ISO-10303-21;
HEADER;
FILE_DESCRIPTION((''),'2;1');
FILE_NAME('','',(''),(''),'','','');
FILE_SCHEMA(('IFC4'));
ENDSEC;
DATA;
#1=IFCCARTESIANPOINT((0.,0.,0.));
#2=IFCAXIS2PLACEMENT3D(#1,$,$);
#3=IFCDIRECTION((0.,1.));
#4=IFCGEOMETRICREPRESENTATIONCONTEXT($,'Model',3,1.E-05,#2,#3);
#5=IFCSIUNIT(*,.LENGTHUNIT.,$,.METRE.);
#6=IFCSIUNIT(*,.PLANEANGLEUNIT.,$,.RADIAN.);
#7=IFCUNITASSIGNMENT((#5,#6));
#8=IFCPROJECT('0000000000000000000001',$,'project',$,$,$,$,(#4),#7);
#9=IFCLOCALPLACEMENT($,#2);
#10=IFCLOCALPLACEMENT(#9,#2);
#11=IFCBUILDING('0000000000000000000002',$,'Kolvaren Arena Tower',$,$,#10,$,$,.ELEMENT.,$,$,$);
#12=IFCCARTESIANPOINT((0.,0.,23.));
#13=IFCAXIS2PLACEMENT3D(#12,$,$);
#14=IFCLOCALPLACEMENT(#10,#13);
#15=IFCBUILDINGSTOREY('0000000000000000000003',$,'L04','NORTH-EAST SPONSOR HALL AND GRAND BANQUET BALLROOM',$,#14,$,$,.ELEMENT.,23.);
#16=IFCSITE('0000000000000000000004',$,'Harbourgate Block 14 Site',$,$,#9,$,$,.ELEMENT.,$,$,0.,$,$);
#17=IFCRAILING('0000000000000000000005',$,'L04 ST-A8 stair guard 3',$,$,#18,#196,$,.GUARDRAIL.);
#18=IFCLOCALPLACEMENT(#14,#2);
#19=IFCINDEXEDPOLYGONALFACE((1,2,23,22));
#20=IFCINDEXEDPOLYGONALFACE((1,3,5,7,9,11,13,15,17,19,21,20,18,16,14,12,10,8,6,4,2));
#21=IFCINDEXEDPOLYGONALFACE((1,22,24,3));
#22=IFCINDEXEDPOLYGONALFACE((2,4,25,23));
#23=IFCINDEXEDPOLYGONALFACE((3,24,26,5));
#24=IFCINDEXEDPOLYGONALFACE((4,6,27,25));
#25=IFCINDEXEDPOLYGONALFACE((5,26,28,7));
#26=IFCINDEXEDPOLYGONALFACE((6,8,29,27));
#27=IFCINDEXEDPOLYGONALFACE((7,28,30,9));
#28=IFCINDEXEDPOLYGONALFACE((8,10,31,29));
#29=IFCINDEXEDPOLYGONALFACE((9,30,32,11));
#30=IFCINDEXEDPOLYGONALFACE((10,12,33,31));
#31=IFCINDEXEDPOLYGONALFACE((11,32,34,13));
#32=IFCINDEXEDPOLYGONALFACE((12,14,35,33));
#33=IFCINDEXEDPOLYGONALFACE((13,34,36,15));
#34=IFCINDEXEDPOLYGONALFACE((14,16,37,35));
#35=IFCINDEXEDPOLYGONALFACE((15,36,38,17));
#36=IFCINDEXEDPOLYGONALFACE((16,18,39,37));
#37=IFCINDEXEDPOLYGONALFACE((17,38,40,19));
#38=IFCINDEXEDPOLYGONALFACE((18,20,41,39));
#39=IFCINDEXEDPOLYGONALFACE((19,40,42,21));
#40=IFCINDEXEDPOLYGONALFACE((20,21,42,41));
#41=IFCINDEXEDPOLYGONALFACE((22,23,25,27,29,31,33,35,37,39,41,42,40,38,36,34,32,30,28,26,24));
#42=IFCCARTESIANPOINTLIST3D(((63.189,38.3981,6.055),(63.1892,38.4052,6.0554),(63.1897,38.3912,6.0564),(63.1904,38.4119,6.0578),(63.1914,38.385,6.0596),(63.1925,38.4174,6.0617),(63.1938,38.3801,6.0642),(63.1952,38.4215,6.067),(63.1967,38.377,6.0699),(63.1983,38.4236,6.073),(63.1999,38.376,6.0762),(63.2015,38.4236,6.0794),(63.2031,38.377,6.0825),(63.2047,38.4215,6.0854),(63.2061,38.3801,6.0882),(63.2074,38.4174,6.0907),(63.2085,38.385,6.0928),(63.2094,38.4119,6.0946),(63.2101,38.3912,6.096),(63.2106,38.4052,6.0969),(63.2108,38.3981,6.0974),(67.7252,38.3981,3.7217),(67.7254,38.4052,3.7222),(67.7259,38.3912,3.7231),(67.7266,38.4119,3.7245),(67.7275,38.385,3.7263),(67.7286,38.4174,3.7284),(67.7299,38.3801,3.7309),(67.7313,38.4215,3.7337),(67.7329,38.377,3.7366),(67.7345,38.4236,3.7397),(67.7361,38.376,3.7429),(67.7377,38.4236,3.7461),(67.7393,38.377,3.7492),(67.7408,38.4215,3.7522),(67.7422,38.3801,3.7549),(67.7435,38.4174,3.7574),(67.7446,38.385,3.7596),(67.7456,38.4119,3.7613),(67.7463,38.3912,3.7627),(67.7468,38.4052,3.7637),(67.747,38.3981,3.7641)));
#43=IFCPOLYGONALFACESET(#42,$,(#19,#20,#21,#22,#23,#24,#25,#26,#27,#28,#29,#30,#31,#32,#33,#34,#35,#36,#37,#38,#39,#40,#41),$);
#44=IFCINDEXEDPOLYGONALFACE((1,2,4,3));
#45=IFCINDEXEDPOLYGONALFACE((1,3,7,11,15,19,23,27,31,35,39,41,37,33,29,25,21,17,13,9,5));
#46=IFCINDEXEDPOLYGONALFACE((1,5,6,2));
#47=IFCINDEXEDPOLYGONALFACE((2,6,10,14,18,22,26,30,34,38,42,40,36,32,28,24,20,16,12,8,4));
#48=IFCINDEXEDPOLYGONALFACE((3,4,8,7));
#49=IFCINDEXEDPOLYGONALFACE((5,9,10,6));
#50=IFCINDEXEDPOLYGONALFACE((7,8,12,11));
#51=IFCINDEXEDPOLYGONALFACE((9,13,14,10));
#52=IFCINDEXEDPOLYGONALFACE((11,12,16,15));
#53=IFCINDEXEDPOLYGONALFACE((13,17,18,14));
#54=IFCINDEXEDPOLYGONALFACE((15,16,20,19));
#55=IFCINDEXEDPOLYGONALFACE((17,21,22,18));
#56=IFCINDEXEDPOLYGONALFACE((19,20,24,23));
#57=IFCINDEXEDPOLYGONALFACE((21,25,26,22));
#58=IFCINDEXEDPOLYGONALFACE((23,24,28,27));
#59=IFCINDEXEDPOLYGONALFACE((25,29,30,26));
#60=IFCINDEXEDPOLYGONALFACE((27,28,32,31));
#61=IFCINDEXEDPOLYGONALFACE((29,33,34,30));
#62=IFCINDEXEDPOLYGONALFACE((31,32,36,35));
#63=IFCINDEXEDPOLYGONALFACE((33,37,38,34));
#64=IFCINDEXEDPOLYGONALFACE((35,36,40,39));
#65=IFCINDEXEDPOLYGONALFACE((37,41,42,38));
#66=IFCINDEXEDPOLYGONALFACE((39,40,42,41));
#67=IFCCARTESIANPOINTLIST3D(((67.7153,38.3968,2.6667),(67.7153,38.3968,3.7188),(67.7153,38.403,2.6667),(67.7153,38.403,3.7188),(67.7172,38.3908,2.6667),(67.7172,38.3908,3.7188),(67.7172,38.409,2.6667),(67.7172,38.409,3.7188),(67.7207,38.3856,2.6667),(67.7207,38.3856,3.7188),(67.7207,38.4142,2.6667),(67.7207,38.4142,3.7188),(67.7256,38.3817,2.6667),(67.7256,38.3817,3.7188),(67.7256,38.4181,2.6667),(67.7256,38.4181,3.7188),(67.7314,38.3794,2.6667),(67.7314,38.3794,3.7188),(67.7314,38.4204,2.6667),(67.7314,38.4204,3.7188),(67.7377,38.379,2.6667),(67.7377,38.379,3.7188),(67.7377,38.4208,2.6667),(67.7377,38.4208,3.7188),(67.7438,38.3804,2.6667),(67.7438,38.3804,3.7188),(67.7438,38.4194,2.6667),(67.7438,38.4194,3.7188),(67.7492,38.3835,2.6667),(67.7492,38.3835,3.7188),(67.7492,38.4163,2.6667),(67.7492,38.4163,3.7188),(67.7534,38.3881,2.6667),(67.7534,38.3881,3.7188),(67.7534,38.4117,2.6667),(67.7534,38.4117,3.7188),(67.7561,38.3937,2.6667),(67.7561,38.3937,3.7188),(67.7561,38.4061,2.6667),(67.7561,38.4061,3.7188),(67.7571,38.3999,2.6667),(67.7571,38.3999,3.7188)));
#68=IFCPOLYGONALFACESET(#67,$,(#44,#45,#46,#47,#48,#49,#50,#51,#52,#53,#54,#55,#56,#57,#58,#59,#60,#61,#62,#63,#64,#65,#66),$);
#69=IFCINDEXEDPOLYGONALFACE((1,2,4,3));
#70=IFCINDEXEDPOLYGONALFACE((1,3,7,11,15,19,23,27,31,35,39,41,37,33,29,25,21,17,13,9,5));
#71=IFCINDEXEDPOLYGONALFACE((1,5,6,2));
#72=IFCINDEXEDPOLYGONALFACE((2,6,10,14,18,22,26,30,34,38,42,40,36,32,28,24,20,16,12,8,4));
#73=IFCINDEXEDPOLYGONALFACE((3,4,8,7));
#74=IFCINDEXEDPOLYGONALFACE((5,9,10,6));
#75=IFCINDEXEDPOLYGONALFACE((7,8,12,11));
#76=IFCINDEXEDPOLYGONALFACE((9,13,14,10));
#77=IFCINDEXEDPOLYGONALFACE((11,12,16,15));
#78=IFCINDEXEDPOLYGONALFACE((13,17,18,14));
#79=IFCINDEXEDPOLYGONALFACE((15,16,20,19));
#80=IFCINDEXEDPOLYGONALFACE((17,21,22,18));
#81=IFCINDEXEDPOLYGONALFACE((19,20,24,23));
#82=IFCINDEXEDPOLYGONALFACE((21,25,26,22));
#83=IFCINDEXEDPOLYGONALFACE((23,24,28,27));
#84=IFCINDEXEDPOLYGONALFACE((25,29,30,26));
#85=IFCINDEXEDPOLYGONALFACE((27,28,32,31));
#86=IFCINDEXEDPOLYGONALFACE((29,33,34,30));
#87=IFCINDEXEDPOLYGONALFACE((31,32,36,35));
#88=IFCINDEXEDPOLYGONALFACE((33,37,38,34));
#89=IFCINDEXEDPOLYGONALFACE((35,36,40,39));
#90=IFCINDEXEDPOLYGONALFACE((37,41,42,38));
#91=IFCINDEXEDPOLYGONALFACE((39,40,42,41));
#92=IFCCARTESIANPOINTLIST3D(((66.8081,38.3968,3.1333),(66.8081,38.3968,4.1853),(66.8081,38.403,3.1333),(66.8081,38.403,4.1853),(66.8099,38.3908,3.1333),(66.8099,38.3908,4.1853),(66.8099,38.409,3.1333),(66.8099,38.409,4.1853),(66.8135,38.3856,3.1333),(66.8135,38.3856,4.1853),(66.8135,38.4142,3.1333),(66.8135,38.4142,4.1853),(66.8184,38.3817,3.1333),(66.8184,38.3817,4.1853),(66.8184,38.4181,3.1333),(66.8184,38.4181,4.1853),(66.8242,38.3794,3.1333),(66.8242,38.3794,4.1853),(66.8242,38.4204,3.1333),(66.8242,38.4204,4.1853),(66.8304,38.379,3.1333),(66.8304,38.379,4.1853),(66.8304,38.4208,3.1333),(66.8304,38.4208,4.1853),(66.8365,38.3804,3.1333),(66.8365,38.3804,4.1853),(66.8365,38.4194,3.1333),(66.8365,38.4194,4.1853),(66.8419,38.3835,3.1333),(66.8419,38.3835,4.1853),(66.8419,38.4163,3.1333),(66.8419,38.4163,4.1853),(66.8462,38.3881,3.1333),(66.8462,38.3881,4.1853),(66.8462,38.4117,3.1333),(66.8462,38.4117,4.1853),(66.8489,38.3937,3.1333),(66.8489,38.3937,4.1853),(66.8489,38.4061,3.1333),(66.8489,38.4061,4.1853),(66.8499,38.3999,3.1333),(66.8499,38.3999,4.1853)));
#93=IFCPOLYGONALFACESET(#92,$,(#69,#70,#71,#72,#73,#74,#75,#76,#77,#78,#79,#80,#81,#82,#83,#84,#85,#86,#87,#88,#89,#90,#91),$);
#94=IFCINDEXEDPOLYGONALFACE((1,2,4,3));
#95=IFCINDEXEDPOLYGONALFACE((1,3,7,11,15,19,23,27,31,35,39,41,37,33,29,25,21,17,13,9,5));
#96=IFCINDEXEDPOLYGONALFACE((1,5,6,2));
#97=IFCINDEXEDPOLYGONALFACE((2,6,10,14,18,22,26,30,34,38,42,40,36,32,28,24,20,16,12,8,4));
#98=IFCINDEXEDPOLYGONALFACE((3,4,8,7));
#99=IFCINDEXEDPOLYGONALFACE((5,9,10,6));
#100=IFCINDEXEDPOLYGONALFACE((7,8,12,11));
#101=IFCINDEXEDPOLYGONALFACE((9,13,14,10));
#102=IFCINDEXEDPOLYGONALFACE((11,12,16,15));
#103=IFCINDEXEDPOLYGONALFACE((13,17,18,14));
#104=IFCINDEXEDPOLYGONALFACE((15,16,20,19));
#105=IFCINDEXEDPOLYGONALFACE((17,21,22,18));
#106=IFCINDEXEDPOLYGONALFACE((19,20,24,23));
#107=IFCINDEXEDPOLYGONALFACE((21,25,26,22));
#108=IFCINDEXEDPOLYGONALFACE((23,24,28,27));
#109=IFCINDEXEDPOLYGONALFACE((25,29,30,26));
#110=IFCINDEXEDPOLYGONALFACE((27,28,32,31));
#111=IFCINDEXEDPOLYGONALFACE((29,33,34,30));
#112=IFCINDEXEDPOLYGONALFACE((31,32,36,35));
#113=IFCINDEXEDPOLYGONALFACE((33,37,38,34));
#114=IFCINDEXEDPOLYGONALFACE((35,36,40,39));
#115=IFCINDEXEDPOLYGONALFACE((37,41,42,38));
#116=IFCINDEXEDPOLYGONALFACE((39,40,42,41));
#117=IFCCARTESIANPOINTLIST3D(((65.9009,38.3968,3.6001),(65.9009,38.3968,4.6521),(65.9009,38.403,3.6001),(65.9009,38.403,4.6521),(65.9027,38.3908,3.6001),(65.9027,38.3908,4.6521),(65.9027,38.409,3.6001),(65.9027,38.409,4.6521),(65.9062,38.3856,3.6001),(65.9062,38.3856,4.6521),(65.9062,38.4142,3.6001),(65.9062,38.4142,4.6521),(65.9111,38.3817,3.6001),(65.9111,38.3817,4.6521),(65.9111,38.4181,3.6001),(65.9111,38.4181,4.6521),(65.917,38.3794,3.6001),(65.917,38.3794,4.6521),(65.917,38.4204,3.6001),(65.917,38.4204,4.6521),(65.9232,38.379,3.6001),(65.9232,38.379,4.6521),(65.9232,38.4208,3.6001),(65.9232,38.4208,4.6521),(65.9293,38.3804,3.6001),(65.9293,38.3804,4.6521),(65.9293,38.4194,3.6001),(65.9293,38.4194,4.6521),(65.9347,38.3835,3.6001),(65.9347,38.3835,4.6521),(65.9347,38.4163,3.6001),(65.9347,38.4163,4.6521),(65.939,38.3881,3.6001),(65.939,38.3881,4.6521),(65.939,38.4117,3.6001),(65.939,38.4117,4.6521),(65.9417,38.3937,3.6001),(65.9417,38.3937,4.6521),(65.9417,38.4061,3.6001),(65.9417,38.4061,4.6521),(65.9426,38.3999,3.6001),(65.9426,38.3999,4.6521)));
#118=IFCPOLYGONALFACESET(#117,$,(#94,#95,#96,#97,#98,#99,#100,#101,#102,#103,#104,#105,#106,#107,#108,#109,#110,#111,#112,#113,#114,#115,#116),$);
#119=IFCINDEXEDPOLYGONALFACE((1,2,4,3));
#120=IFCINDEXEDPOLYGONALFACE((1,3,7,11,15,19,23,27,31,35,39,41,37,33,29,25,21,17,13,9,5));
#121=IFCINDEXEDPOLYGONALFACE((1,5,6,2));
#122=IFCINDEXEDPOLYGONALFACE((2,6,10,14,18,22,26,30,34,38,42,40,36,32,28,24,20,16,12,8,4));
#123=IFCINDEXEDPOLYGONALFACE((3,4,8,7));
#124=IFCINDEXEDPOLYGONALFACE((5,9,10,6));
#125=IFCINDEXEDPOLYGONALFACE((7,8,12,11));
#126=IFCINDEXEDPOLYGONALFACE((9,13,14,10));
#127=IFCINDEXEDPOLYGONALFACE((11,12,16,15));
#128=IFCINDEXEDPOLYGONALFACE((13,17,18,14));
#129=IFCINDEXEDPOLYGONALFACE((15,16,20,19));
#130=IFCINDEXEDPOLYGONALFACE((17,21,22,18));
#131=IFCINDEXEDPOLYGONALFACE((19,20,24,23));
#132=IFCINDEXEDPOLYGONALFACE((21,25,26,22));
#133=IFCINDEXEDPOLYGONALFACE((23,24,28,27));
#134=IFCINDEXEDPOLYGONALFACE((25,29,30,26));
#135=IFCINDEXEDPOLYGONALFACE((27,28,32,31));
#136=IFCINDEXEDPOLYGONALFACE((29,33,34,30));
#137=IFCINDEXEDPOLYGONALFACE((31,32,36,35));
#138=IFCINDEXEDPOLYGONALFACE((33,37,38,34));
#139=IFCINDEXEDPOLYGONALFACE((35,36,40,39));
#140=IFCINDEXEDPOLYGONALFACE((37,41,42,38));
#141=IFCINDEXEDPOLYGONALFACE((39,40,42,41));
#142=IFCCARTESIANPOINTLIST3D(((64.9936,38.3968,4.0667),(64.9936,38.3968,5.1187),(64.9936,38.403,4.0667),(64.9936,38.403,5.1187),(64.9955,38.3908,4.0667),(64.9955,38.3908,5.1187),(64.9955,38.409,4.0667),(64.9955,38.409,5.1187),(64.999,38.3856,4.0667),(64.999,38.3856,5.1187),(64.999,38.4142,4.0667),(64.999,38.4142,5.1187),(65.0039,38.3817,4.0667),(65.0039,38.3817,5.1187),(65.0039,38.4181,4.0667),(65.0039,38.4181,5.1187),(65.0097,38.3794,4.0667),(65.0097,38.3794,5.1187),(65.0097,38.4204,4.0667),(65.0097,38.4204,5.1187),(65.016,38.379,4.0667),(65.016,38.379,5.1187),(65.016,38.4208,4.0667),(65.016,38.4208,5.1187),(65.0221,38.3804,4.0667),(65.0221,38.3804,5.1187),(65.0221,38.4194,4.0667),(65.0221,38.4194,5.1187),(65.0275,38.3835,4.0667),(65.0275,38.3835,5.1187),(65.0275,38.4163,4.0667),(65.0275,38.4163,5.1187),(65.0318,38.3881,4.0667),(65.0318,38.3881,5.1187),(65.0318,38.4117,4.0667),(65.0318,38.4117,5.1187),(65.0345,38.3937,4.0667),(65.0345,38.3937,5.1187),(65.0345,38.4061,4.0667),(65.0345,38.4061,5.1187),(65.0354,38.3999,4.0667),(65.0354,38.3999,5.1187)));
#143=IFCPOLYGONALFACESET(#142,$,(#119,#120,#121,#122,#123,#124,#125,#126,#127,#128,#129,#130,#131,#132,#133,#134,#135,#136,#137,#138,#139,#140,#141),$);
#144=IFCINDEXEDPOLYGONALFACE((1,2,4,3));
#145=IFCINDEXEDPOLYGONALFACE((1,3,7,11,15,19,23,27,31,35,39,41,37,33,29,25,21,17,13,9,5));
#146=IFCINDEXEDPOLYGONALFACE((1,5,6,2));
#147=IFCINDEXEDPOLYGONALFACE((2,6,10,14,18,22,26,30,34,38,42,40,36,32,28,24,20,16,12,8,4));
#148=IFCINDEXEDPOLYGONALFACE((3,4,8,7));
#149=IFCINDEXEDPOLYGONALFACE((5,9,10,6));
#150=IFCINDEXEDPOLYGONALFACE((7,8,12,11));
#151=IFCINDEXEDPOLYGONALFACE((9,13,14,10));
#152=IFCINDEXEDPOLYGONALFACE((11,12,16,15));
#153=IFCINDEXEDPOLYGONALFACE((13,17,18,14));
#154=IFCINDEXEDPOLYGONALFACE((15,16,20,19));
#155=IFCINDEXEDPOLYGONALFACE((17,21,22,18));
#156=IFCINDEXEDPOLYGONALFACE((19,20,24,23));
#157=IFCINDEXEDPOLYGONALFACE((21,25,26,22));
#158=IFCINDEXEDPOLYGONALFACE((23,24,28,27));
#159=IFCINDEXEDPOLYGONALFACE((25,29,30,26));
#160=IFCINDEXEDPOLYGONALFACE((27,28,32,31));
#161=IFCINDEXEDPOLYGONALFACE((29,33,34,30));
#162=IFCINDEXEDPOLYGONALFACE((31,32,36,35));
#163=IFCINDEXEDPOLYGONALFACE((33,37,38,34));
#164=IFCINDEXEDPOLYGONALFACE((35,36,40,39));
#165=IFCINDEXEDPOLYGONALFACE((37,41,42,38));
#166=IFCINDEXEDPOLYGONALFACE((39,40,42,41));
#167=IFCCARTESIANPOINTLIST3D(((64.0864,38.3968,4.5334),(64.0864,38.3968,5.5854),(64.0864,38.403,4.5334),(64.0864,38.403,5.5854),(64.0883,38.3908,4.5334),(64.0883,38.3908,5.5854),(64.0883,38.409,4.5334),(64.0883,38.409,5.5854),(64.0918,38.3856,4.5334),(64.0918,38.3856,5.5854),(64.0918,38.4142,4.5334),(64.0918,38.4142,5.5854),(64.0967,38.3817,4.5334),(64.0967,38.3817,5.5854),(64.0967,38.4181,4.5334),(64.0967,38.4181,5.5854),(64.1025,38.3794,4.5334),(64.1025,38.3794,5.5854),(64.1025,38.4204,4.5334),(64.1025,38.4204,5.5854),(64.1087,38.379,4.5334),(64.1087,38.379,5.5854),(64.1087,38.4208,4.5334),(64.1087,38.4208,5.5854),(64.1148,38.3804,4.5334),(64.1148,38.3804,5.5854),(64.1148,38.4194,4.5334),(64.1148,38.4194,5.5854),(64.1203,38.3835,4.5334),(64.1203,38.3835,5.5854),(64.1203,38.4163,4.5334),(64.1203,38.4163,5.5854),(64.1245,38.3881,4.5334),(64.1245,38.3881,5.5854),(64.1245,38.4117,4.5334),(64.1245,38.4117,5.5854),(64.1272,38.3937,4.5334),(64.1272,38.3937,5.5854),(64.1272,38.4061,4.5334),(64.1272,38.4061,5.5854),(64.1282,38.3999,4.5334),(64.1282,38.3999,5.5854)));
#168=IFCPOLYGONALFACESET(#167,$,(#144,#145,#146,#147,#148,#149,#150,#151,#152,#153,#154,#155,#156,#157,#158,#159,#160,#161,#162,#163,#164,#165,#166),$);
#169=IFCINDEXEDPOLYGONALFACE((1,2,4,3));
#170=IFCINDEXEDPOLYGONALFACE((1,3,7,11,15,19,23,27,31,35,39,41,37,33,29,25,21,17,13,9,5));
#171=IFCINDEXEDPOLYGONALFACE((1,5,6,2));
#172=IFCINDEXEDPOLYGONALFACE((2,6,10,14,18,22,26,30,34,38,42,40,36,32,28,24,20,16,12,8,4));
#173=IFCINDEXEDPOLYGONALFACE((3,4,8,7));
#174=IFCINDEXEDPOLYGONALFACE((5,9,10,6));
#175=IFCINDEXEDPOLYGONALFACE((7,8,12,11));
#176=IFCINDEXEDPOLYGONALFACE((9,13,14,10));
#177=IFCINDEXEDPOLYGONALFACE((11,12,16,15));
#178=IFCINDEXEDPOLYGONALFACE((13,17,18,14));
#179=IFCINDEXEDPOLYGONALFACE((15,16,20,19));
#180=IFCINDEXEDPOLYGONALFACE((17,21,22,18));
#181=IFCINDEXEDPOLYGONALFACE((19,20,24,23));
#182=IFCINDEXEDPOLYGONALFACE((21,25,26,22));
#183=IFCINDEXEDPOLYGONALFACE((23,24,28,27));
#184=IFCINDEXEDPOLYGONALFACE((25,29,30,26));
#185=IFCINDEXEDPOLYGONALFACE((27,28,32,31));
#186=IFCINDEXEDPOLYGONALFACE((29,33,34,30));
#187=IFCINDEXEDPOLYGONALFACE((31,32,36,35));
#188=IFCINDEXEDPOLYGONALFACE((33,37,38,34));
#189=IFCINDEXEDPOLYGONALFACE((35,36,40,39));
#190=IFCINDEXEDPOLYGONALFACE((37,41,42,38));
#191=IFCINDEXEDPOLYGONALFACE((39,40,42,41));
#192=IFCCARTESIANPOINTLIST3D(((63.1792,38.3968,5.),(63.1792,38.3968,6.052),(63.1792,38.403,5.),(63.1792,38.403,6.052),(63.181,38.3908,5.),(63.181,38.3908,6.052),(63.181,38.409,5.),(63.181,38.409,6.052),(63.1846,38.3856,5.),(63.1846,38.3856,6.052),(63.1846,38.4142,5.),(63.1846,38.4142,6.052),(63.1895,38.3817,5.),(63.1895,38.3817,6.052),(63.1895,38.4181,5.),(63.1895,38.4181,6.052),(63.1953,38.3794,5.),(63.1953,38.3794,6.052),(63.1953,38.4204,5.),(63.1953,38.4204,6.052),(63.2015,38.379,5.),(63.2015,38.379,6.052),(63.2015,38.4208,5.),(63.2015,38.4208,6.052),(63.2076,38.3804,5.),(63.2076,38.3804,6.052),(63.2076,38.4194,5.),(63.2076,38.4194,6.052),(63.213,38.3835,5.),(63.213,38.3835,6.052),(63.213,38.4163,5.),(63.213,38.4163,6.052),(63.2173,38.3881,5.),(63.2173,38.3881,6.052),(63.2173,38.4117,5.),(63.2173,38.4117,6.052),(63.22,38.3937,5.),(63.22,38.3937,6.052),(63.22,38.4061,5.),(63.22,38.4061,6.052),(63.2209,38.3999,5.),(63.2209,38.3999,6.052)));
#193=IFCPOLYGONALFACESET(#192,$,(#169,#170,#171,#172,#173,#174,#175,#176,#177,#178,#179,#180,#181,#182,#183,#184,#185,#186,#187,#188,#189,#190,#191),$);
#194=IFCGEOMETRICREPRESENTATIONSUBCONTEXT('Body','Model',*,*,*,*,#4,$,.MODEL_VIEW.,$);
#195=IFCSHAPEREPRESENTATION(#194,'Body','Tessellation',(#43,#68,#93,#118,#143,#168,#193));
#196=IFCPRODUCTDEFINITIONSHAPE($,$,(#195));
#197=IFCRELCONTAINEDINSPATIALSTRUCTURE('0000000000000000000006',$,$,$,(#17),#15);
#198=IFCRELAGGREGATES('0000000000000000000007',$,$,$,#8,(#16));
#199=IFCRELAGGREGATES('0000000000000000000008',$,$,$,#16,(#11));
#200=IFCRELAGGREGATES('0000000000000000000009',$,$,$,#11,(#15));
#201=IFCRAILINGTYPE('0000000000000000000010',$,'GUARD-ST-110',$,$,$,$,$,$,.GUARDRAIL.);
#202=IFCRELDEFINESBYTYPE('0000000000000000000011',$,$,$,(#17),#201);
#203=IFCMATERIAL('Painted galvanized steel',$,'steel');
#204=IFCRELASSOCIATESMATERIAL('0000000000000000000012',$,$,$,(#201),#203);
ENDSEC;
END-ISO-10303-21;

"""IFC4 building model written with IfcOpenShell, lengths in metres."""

from ifc_helpers import new_model, si_unit, direction, frame, origin, origin_2d, place, context, subcontext, project, spatial, circle, extrude, material, type_object, element, save


model = new_model("IFC4")

# Units and contexts
model_context = context("Model", 3, precision=1e-05, world=origin(), true_north=direction((0.0, 1.0)))
body_context = subcontext(model_context, "Body", "Model", "MODEL_VIEW")
ifc_project = project(units=[si_unit("LENGTHUNIT", "METRE"), si_unit("PLANEANGLEUNIT", "RADIAN")], contexts=[model_context])

# Site, building, storey
site_placement = place(None, origin())
site = spatial("IfcSite", under=ifc_project, at=site_placement, Name="Harbourgate Block 14 Site", CompositionType="ELEMENT", RefElevation=0.0)
building_placement = place(site_placement, origin())
building = spatial("IfcBuilding", under=site, at=building_placement, Name="Kolvaren Arena Tower", CompositionType="ELEMENT")
storey_placement = place(building_placement, frame((0.0, 0.0, 23.0)))
storey = spatial("IfcBuildingStorey", under=building, at=storey_placement, Name="L04", Description="NORTH-EAST SPONSOR HALL AND GRAND BANQUET BALLROOM", CompositionType="ELEMENT", Elevation=23.0)

# Railing
ifc_material_1 = material(Name="Painted galvanized steel", Category="steel")
railing_type_1 = type_object("IfcRailingType", Name="GUARD-ST-110", PredefinedType="GUARDRAIL", material=ifc_material_1)
railing_1_placement = place(storey_placement, frame((67.7361, 38.3999, 2.6667)))
element("IfcRailing", 1, at=railing_1_placement, inside=storey, type_object=railing_type_1, Name="L04 ST-A8 stair guard 3", PredefinedType="GUARDRAIL", context=body_context, shape_type="SweptSolid", body=[
    extrude(circle(Radius=0.0239, at=origin_2d()), frame((0.0, 0.0, 1.0762), z_axis=(-0.889257, 0.0, 0.457407), x_axis=(0.0, -1.0, 0.0)), (0.0, 0.0, 1.0), 5.1011),
    extrude(circle(Radius=0.021, at=origin_2d()), origin(), (0.0, 0.0, 1.0), 1.052),
    extrude(circle(Radius=0.021, at=origin_2d()), frame((-0.9072, 0.0, 0.4666)), (0.0, 0.0, 1.0), 1.052),
    extrude(circle(Radius=0.021, at=origin_2d()), frame((-1.8145, 0.0, 0.9333)), (0.0, 0.0, 1.0), 1.052),
    extrude(circle(Radius=0.021, at=origin_2d()), frame((-2.7217, 0.0, 1.3999)), (0.0, 0.0, 1.0), 1.052),
    extrude(circle(Radius=0.021, at=origin_2d()), frame((-3.6289, 0.0, 1.8667)), (0.0, 0.0, 1.0), 1.052),
    extrude(circle(Radius=0.021, at=origin_2d()), frame((-4.5361, 0.0, 2.3333)), (0.0, 0.0, 1.0), 1.052),
])

save(model, "model.ifc")
